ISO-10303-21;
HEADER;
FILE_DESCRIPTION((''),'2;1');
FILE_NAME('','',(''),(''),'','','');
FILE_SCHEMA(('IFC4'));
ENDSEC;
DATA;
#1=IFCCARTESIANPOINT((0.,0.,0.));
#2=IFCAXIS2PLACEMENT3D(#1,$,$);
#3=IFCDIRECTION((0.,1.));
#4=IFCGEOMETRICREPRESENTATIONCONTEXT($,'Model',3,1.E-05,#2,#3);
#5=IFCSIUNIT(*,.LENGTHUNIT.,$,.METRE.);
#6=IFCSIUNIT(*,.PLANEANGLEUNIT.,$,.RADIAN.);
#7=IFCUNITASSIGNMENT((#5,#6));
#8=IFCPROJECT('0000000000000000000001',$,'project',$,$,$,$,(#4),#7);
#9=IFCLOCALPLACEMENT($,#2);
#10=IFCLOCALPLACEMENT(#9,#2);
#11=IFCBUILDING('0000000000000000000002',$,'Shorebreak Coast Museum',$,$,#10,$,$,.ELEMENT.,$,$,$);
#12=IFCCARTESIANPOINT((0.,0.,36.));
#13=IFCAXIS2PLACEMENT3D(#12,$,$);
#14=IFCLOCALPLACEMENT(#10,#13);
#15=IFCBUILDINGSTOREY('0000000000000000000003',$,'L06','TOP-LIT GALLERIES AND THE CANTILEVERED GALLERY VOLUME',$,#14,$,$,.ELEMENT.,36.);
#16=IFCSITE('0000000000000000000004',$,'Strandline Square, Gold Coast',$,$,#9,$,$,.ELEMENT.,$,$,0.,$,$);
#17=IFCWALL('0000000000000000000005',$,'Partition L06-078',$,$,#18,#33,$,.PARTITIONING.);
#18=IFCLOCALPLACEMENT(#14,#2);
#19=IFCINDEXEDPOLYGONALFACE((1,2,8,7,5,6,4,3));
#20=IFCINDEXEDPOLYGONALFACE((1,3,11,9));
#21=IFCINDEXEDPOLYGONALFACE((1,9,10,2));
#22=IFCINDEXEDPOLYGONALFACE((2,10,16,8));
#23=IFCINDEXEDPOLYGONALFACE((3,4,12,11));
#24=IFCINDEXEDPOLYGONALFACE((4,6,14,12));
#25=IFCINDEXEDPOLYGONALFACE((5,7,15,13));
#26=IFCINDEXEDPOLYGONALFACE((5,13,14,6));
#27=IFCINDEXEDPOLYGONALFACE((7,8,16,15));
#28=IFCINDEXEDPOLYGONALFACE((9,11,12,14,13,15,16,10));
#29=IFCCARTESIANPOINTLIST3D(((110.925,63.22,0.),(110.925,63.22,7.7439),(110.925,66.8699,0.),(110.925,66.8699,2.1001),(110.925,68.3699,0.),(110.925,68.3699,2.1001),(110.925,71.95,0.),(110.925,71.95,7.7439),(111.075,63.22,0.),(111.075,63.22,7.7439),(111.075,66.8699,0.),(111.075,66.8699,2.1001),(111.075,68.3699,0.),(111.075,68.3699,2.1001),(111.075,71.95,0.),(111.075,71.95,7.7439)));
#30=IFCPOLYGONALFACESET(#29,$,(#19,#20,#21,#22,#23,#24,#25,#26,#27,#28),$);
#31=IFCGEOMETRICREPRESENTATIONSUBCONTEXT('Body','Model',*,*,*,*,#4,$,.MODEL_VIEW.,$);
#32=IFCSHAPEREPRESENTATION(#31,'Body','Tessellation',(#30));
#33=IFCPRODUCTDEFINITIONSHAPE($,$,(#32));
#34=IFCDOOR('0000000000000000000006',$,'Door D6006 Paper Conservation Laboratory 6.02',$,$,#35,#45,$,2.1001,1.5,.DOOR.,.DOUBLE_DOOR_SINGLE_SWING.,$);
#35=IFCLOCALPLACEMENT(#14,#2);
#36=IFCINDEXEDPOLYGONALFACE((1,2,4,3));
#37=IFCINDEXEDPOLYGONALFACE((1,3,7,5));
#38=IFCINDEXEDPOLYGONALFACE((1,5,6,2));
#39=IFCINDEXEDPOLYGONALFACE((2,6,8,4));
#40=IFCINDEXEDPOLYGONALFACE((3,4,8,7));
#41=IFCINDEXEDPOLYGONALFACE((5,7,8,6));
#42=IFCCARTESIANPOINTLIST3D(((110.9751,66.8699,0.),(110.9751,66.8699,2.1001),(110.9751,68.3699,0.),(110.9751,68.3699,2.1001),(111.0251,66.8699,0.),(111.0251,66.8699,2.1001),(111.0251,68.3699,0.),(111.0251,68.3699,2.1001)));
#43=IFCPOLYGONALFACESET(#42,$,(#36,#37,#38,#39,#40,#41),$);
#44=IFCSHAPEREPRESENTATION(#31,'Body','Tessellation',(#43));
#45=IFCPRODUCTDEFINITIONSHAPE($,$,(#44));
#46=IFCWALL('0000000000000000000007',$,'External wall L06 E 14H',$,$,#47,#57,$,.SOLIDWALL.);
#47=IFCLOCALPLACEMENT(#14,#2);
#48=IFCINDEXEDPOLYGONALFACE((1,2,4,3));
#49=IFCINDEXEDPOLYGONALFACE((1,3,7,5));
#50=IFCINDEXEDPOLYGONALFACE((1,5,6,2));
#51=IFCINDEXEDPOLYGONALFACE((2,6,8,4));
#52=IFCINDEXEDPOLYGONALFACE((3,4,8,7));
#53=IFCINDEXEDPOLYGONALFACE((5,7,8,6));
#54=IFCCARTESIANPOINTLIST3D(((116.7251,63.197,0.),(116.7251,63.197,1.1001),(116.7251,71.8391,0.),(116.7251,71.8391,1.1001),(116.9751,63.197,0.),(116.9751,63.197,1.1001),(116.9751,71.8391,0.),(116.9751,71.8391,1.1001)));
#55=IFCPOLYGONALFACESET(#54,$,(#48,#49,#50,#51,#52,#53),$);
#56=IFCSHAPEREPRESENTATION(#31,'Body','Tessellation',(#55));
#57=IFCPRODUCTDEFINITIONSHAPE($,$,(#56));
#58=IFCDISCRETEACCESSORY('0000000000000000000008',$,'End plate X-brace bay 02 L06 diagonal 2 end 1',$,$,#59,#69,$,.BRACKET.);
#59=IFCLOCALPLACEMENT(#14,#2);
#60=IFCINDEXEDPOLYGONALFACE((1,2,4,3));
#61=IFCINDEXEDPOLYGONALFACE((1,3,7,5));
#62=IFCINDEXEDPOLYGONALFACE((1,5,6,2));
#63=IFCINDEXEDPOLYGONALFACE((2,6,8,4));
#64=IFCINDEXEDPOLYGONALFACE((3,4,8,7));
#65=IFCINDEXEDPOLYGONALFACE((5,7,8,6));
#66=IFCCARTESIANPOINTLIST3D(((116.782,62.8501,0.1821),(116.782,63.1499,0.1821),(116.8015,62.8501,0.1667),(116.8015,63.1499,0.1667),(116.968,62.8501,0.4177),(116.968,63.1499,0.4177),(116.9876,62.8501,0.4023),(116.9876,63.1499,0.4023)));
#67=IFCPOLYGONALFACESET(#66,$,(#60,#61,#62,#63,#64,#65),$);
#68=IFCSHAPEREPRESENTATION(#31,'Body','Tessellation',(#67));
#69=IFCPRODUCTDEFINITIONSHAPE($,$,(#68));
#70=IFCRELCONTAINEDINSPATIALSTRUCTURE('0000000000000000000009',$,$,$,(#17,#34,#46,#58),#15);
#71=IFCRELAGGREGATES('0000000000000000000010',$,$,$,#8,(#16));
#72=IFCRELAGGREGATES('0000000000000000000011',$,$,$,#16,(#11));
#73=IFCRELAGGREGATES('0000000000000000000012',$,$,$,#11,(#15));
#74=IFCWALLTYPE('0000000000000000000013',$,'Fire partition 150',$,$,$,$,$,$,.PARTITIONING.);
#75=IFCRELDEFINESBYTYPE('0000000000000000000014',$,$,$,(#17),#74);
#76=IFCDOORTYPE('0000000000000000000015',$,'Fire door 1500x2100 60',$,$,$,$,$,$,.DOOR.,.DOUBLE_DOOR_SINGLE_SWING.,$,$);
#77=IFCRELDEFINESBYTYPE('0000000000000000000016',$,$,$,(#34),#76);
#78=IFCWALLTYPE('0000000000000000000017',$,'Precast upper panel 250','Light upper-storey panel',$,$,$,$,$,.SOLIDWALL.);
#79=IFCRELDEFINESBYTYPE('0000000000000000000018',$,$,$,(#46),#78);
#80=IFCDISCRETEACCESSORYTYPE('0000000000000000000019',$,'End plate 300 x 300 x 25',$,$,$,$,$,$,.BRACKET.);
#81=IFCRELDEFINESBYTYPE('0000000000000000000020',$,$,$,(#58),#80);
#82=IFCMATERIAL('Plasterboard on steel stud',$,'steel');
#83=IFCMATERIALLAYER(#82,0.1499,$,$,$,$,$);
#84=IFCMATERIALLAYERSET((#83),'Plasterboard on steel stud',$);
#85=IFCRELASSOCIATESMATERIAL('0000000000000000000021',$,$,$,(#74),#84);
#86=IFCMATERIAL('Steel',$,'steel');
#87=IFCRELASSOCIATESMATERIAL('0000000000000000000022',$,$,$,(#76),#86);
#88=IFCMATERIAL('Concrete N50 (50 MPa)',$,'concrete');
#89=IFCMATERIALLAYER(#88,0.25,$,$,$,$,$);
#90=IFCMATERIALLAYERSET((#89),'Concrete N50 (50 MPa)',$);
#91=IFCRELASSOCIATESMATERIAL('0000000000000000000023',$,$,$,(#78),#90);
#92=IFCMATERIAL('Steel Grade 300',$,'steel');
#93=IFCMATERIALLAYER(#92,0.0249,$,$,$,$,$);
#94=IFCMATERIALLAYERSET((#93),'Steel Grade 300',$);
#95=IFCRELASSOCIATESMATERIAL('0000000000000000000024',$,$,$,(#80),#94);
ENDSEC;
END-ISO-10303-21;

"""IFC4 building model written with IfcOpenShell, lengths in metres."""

from ifc_helpers import new_model, si_unit, direction, frame, frame_2d, origin, place, context, subcontext, project, spatial, polyline, rectangle, outline, extrude, material, layer, layer_set, type_object, element, fill, save


model = new_model("IFC4")

# Units and contexts
model_context = context("Model", 3, precision=1e-05, world=origin(), true_north=direction((0.0, 1.0)))
body_context = subcontext(model_context, "Body", "Model", "MODEL_VIEW")
ifc_project = project(units=[si_unit("LENGTHUNIT", "METRE"), si_unit("PLANEANGLEUNIT", "RADIAN")], contexts=[model_context])

# Site, building, storey
site_placement = place(None, origin())
site = spatial("IfcSite", under=ifc_project, at=site_placement, Name="Strandline Square, Gold Coast", CompositionType="ELEMENT", RefElevation=0.0)
building_placement = place(site_placement, origin())
building = spatial("IfcBuilding", under=site, at=building_placement, Name="Shorebreak Coast Museum", CompositionType="ELEMENT")
storey_placement = place(building_placement, frame((0.0, 0.0, 36.0)))
storey = spatial("IfcBuildingStorey", under=building, at=storey_placement, Name="L06", Description="TOP-LIT GALLERIES AND THE CANTILEVERED GALLERY VOLUME", CompositionType="ELEMENT", Elevation=36.0)

# Wall, opening, door
ifc_material_1 = material(Name="Plasterboard on steel stud", Category="steel")
ifc_layer_1 = layer(ifc_material_1, 0.1499)
ifc_layer_set_1 = layer_set([ifc_layer_1], Name="Plasterboard on steel stud")
wall_type_1 = type_object("IfcWallType", Name="Fire partition 150", PredefinedType="PARTITIONING", material=ifc_layer_set_1)
wall_1_placement = place(storey_placement, frame((111.0, 63.22, 0.0), z_axis=(0.0, 0.0, 1.0), x_axis=(0.0, 1.0, 0.0)))
wall_1 = element("IfcWall", 1, at=wall_1_placement, inside=storey, type_object=wall_type_1, Name="Partition L06-078", PredefinedType="PARTITIONING", context=body_context, shape_type="SweptSolid", body=[
    extrude(rectangle(XDim=8.73, YDim=0.1499, at=frame_2d((4.365, 0.0))), origin(), (0.0, 0.0, 1.0), 7.7439),
])
opening_placement = place(wall_1_placement, frame((3.6499, 0.0, 0.0)))
opening = element("IfcOpeningElement", 2, at=opening_placement, cuts=wall_1, PredefinedType="OPENING", context=body_context, shape_type="SweptSolid", body=[
    extrude(rectangle(XDim=1.5, YDim=2.1001, at=frame_2d((0.75, 1.05))), frame((0.0, 0.085, 0.0), z_axis=(0.0, -1.0, 0.0), x_axis=(1.0, 0.0, 0.0)), (0.0, 0.0, 1.0), 0.1699),
])
ifc_material_2 = material(Name="Steel", Category="steel")
door_type = type_object("IfcDoorType", Name="Fire door 1500x2100 60", OperationType="DOUBLE_DOOR_SINGLE_SWING", PredefinedType="DOOR", material=ifc_material_2)
door_placement = place(opening_placement, origin())
door = element("IfcDoor", 3, at=door_placement, inside=storey, type_object=door_type, Name="Door D6006 Paper Conservation Laboratory 6.02", OperationType="DOUBLE_DOOR_SINGLE_SWING", OverallHeight=2.1001, OverallWidth=1.5, PredefinedType="DOOR", context=body_context, shape_type="SweptSolid", body=[
    extrude(rectangle(XDim=1.5, YDim=2.1001, at=frame_2d((0.75, 1.05))), frame((0.0, 0.0249, 0.0), z_axis=(0.0, -1.0, 0.0), x_axis=(1.0, 0.0, 0.0)), (0.0, 0.0, 1.0), 0.05),
])
fill(opening, door)

# Wall
ifc_material_3 = material(Name="Concrete N50 (50 MPa)", Category="concrete")
ifc_layer_2 = layer(ifc_material_3, 0.25)
ifc_layer_set_2 = layer_set([ifc_layer_2], Name="Concrete N50 (50 MPa)")
wall_type_2 = type_object("IfcWallType", Name="Precast upper panel 250", Description="Light upper-storey panel", PredefinedType="SOLIDWALL", material=ifc_layer_set_2)
wall_2_placement = place(storey_placement, frame((116.8501, 63.197, 0.0), z_axis=(0.0, 0.0, 1.0), x_axis=(0.0, 1.0, 0.0)))
element("IfcWall", 4, at=wall_2_placement, inside=storey, type_object=wall_type_2, Name="External wall L06 E 14H", PredefinedType="SOLIDWALL", context=body_context, shape_type="SweptSolid", body=[
    extrude(rectangle(XDim=8.6421, YDim=0.25, at=frame_2d((4.321, 0.0))), origin(), (0.0, 0.0, 1.0), 1.1001),
])

# Discrete accessory
ifc_material_4 = material(Name="Steel Grade 300", Category="steel")
ifc_layer_3 = layer(ifc_material_4, 0.0249)
ifc_layer_set_3 = layer_set([ifc_layer_3], Name="Steel Grade 300")
discrete_accessory_type = type_object("IfcDiscreteAccessoryType", Name="End plate 300 x 300 x 25", PredefinedType="BRACKET", material=ifc_layer_set_3)
discrete_accessory_placement = place(storey_placement, frame((116.782, 63.1499, 0.1821), z_axis=(-0.78482, 0.0, 0.619723), x_axis=(0.0, -1.0, 0.0)))
element("IfcDiscreteAccessory", 5, at=discrete_accessory_placement, inside=storey, type_object=discrete_accessory_type, Name="End plate X-brace bay 02 L06 diagonal 2 end 1", PredefinedType="BRACKET", context=body_context, shape_type="SweptSolid", body=[
    extrude(outline(polyline([(0.0, 0.0), (0.2998, 0.0), (0.2998, 0.3002), (0.0, 0.3002), (0.0, 0.0)])), origin(), (0.0, 0.0, -1.0), 0.0249),
])

save(model, "model.ifc")
